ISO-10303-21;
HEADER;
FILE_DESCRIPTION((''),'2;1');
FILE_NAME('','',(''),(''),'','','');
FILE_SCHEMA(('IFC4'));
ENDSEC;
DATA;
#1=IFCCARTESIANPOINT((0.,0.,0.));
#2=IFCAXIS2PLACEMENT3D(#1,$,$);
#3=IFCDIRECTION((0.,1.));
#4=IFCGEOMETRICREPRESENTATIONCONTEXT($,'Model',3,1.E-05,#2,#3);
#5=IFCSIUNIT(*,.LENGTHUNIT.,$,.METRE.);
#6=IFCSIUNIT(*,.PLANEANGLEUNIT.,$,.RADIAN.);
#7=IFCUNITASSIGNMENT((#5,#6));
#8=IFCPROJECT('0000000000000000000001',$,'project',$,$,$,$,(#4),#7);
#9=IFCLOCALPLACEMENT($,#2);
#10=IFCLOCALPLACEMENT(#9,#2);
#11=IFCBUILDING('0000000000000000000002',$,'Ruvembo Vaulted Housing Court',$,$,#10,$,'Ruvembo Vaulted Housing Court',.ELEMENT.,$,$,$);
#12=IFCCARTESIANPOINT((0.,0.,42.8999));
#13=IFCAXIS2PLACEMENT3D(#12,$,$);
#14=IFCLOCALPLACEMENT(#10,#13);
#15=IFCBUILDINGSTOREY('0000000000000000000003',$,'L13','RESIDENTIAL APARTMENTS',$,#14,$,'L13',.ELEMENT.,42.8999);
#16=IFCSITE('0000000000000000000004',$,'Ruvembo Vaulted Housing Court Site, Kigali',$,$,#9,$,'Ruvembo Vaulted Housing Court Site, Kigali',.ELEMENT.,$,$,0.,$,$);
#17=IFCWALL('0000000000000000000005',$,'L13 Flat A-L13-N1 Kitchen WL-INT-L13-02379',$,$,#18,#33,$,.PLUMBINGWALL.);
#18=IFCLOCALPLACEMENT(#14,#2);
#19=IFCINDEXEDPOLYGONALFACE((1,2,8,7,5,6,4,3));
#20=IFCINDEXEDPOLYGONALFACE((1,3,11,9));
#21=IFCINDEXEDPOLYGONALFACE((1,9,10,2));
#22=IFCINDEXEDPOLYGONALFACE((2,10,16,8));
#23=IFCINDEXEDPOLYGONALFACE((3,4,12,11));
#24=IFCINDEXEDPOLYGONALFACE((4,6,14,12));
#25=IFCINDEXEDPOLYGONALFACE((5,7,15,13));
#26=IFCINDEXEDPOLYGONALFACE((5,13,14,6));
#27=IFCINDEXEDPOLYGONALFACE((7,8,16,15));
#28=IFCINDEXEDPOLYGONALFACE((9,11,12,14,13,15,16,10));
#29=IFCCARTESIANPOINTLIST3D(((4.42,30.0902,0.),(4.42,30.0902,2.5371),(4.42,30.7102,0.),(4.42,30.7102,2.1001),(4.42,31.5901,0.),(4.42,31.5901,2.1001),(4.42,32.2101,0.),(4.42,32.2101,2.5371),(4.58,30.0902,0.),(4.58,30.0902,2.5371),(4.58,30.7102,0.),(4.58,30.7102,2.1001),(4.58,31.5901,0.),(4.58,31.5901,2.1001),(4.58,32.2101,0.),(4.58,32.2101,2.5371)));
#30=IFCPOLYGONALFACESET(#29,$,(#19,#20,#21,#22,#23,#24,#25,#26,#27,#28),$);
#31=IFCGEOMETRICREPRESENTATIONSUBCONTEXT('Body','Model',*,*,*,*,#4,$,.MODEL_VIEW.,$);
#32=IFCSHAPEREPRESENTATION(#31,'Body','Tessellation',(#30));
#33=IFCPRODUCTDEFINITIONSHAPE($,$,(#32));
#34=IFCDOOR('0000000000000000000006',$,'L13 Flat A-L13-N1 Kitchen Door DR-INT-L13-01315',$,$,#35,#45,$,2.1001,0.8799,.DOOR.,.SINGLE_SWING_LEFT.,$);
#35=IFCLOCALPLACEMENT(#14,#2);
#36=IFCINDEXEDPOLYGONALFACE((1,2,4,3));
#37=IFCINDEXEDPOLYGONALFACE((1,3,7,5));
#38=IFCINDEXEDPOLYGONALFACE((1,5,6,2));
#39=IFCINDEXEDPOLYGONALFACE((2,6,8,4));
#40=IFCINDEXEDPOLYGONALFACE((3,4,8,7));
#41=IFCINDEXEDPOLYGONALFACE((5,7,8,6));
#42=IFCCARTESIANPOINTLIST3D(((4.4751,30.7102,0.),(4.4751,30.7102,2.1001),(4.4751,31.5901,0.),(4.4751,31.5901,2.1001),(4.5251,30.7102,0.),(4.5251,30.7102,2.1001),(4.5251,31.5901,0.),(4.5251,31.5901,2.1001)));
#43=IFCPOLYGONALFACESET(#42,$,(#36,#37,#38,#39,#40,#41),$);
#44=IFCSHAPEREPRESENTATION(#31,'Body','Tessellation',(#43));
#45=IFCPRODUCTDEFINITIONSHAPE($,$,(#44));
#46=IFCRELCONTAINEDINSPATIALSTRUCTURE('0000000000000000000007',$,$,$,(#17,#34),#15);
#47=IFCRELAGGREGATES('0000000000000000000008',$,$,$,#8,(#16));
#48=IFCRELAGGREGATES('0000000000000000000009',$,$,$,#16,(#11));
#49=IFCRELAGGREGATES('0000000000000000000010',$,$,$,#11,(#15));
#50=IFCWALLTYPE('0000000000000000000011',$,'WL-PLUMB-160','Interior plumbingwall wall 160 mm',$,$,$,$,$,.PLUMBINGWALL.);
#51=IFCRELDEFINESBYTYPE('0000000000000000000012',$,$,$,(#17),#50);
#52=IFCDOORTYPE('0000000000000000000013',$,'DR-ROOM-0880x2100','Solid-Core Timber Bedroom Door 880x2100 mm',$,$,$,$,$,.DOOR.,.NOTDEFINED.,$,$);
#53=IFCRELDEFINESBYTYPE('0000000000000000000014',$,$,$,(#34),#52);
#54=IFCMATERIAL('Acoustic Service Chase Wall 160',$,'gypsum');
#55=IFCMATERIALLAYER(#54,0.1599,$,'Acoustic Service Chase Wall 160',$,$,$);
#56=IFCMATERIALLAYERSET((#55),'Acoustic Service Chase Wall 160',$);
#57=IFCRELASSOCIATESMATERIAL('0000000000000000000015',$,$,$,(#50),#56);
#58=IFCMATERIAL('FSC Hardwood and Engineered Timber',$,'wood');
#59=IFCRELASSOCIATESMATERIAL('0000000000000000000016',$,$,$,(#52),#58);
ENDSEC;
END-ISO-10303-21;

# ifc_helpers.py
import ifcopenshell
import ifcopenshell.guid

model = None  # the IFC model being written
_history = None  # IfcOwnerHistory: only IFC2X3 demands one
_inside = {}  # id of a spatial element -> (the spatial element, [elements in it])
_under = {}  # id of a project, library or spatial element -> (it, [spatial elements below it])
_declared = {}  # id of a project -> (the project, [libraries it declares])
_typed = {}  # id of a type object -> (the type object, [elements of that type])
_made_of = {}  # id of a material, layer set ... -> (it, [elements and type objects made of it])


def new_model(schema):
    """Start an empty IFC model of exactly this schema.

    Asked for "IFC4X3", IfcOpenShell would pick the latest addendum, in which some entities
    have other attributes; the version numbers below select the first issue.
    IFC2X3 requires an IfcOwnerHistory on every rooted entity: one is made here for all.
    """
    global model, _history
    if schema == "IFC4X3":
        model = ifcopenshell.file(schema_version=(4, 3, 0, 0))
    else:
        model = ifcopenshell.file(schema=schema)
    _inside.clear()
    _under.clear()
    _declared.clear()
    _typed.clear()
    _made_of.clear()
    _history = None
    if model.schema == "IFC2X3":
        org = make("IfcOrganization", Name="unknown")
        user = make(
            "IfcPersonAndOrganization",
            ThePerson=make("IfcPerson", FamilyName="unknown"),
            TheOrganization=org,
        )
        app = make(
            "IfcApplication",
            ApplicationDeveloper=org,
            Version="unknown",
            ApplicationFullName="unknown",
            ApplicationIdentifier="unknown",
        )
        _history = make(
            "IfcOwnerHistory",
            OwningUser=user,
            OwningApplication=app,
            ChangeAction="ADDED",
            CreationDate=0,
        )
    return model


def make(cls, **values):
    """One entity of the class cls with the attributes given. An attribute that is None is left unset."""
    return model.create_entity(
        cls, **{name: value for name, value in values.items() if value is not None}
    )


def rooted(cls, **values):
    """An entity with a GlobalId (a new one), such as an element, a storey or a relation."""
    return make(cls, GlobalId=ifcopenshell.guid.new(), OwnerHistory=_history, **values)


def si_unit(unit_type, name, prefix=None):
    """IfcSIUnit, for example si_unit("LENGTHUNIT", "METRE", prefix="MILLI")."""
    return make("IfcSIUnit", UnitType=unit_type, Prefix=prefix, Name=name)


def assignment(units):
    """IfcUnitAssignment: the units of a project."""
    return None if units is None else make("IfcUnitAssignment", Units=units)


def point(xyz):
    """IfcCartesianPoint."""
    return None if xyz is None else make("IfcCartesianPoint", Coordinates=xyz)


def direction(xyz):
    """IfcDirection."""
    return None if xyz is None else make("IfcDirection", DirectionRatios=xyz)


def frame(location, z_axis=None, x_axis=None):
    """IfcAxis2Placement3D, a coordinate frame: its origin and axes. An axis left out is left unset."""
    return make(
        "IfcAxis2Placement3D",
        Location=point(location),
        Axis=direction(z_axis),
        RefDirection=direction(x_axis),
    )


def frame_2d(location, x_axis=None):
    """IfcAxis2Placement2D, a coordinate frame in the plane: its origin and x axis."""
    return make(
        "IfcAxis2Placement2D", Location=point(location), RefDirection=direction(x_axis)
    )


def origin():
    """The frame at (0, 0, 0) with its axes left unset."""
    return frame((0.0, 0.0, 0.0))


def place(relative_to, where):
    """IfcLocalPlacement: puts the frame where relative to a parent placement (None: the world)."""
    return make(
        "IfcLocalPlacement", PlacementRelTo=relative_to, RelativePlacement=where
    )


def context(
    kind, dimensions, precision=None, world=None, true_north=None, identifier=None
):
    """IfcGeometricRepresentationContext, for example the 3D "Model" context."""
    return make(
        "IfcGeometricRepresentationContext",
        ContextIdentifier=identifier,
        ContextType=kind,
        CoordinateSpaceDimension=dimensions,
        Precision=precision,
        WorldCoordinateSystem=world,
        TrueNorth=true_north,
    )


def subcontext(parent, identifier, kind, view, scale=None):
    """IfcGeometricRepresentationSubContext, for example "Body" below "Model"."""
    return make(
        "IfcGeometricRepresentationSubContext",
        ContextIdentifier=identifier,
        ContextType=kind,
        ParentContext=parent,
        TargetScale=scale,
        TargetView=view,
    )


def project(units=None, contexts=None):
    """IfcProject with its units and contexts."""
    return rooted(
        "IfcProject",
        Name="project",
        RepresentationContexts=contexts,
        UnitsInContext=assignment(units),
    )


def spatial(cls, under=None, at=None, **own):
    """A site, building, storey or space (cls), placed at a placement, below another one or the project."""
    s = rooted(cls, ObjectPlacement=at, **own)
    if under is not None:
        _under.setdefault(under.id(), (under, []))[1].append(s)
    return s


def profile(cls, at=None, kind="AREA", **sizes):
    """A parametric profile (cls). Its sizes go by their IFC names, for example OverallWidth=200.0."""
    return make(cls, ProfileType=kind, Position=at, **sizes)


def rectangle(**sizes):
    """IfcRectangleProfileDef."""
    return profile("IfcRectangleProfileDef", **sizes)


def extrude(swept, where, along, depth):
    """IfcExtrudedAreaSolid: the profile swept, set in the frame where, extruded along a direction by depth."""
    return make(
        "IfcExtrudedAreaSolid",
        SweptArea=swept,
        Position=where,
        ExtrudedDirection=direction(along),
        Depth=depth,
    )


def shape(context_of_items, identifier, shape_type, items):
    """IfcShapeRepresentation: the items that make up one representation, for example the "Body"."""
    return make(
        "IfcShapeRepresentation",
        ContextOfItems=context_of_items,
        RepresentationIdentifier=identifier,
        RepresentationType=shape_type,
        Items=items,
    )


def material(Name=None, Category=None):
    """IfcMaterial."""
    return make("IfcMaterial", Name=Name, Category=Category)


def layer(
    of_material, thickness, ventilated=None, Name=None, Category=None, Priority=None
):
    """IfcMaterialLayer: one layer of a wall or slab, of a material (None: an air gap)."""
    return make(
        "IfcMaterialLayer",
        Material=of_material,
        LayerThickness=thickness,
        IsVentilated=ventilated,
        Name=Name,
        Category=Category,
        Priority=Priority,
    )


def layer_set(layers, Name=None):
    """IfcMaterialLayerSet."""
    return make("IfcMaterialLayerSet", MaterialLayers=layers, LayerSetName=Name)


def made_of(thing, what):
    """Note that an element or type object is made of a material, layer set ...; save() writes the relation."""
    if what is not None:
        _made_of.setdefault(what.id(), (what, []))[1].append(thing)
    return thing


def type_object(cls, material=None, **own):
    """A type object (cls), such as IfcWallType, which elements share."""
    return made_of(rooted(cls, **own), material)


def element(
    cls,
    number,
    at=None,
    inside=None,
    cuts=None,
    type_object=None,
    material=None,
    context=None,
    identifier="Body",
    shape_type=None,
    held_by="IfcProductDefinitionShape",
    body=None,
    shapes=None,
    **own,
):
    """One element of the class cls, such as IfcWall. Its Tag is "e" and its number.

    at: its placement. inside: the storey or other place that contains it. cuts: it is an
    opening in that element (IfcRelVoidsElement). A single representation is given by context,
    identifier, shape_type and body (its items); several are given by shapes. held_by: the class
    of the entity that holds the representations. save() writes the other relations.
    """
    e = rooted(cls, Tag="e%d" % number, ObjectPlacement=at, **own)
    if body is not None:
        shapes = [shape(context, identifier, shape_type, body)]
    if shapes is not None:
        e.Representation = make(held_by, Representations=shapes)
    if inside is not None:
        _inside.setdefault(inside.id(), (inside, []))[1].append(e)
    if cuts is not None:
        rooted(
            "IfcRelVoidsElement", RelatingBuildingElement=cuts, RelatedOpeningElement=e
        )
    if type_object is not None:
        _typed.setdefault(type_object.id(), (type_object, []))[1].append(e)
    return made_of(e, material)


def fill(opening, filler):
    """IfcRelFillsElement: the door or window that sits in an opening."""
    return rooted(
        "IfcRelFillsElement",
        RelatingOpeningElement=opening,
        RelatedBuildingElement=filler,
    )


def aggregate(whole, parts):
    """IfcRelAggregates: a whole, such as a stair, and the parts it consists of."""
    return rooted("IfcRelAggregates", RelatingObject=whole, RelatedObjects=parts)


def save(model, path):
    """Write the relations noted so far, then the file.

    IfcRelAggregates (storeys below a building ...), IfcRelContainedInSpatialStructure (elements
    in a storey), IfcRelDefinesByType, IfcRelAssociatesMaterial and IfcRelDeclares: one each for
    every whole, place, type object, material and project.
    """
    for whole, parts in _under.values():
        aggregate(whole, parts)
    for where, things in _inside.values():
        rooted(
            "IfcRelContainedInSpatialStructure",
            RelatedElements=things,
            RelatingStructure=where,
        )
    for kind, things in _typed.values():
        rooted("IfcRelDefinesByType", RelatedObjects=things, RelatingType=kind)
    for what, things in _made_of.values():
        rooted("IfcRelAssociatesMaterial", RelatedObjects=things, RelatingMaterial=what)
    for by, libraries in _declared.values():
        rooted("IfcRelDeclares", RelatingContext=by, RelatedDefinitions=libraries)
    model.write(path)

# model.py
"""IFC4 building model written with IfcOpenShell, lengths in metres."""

from ifc_helpers import new_model, si_unit, direction, frame, frame_2d, origin, place, context, subcontext, project, spatial, rectangle, extrude, material, layer, layer_set, type_object, element, fill, save


model = new_model("IFC4")

# Units and contexts
model_context = context("Model", 3, precision=1e-05, world=origin(), true_north=direction((0.0, 1.0)))
body_context = subcontext(model_context, "Body", "Model", "MODEL_VIEW")
ifc_project = project(units=[si_unit("LENGTHUNIT", "METRE"), si_unit("PLANEANGLEUNIT", "RADIAN")], contexts=[model_context])

# Site, building, storey
site_placement = place(None, origin())
site = spatial("IfcSite", under=ifc_project, at=site_placement, Name="Ruvembo Vaulted Housing Court Site, Kigali", LongName="Ruvembo Vaulted Housing Court Site, Kigali", CompositionType="ELEMENT", RefElevation=0.0)
building_placement = place(site_placement, origin())
building = spatial("IfcBuilding", under=site, at=building_placement, Name="Ruvembo Vaulted Housing Court", LongName="Ruvembo Vaulted Housing Court", CompositionType="ELEMENT")
storey_placement = place(building_placement, frame((0.0, 0.0, 42.8999)))
storey = spatial("IfcBuildingStorey", under=building, at=storey_placement, Name="L13", Description="RESIDENTIAL APARTMENTS", LongName="L13", CompositionType="ELEMENT", Elevation=42.8999)

# Shared definitions
ifc_material_1 = material(Name="FSC Hardwood and Engineered Timber", Category="wood")

# Wall, opening, door
ifc_material_2 = material(Name="Acoustic Service Chase Wall 160", Category="gypsum")
ifc_layer_1 = layer(ifc_material_2, 0.1599, Name="Acoustic Service Chase Wall 160")
ifc_layer_set_1 = layer_set([ifc_layer_1], Name="Acoustic Service Chase Wall 160")
wall_type_1 = type_object("IfcWallType", Name="WL-PLUMB-160", Description="Interior plumbingwall wall 160 mm", PredefinedType="PLUMBINGWALL", material=ifc_layer_set_1)
wall_1_placement = place(storey_placement, frame((4.5, 30.0901, 0.0), z_axis=(0.0, 0.0, 1.0), x_axis=(0.0, 1.0, 0.0)))
wall_1 = element("IfcWall", 1, at=wall_1_placement, inside=storey, type_object=wall_type_1, Name="L13 Flat A-L13-N1 Kitchen WL-INT-L13-02379", PredefinedType="PLUMBINGWALL", context=body_context, shape_type="SweptSolid", body=[
    extrude(rectangle(XDim=2.1199, YDim=0.1599, at=frame_2d((1.0601, 0.0))), origin(), (0.0, 0.0, 1.0), 2.5371),
])
opening_1_placement = place(wall_1_placement, frame((0.6201, 0.0, 0.0)))
opening_1 = element("IfcOpeningElement", 2, at=opening_1_placement, cuts=wall_1, PredefinedType="OPENING", context=body_context, shape_type="SweptSolid", body=[
    extrude(rectangle(XDim=0.8799, YDim=2.1001, at=frame_2d((0.4399, 1.05))), frame((0.0, 0.0898, 0.0), z_axis=(0.0, -1.0, 0.0), x_axis=(1.0, 0.0, 0.0)), (0.0, 0.0, 1.0), 0.1799),
])
door_type_1 = type_object("IfcDoorType", Name="DR-ROOM-0880x2100", Description="Solid-Core Timber Bedroom Door 880x2100 mm", OperationType="NOTDEFINED", PredefinedType="DOOR", material=ifc_material_1)
door_1_placement = place(opening_1_placement, origin())
door_1 = element("IfcDoor", 3, at=door_1_placement, inside=storey, type_object=door_type_1, Name="L13 Flat A-L13-N1 Kitchen Door DR-INT-L13-01315", OperationType="SINGLE_SWING_LEFT", OverallHeight=2.1001, OverallWidth=0.8799, PredefinedType="DOOR", context=body_context, shape_type="SweptSolid", body=[
    extrude(rectangle(XDim=0.8799, YDim=2.1001, at=frame_2d((0.4399, 1.05))), frame((0.0, 0.0249, 0.0), z_axis=(0.0, -1.0, 0.0), x_axis=(1.0, 0.0, 0.0)), (0.0, 0.0, 1.0), 0.05),
])
fill(opening_1, door_1)

save(model, "model.ifc")
